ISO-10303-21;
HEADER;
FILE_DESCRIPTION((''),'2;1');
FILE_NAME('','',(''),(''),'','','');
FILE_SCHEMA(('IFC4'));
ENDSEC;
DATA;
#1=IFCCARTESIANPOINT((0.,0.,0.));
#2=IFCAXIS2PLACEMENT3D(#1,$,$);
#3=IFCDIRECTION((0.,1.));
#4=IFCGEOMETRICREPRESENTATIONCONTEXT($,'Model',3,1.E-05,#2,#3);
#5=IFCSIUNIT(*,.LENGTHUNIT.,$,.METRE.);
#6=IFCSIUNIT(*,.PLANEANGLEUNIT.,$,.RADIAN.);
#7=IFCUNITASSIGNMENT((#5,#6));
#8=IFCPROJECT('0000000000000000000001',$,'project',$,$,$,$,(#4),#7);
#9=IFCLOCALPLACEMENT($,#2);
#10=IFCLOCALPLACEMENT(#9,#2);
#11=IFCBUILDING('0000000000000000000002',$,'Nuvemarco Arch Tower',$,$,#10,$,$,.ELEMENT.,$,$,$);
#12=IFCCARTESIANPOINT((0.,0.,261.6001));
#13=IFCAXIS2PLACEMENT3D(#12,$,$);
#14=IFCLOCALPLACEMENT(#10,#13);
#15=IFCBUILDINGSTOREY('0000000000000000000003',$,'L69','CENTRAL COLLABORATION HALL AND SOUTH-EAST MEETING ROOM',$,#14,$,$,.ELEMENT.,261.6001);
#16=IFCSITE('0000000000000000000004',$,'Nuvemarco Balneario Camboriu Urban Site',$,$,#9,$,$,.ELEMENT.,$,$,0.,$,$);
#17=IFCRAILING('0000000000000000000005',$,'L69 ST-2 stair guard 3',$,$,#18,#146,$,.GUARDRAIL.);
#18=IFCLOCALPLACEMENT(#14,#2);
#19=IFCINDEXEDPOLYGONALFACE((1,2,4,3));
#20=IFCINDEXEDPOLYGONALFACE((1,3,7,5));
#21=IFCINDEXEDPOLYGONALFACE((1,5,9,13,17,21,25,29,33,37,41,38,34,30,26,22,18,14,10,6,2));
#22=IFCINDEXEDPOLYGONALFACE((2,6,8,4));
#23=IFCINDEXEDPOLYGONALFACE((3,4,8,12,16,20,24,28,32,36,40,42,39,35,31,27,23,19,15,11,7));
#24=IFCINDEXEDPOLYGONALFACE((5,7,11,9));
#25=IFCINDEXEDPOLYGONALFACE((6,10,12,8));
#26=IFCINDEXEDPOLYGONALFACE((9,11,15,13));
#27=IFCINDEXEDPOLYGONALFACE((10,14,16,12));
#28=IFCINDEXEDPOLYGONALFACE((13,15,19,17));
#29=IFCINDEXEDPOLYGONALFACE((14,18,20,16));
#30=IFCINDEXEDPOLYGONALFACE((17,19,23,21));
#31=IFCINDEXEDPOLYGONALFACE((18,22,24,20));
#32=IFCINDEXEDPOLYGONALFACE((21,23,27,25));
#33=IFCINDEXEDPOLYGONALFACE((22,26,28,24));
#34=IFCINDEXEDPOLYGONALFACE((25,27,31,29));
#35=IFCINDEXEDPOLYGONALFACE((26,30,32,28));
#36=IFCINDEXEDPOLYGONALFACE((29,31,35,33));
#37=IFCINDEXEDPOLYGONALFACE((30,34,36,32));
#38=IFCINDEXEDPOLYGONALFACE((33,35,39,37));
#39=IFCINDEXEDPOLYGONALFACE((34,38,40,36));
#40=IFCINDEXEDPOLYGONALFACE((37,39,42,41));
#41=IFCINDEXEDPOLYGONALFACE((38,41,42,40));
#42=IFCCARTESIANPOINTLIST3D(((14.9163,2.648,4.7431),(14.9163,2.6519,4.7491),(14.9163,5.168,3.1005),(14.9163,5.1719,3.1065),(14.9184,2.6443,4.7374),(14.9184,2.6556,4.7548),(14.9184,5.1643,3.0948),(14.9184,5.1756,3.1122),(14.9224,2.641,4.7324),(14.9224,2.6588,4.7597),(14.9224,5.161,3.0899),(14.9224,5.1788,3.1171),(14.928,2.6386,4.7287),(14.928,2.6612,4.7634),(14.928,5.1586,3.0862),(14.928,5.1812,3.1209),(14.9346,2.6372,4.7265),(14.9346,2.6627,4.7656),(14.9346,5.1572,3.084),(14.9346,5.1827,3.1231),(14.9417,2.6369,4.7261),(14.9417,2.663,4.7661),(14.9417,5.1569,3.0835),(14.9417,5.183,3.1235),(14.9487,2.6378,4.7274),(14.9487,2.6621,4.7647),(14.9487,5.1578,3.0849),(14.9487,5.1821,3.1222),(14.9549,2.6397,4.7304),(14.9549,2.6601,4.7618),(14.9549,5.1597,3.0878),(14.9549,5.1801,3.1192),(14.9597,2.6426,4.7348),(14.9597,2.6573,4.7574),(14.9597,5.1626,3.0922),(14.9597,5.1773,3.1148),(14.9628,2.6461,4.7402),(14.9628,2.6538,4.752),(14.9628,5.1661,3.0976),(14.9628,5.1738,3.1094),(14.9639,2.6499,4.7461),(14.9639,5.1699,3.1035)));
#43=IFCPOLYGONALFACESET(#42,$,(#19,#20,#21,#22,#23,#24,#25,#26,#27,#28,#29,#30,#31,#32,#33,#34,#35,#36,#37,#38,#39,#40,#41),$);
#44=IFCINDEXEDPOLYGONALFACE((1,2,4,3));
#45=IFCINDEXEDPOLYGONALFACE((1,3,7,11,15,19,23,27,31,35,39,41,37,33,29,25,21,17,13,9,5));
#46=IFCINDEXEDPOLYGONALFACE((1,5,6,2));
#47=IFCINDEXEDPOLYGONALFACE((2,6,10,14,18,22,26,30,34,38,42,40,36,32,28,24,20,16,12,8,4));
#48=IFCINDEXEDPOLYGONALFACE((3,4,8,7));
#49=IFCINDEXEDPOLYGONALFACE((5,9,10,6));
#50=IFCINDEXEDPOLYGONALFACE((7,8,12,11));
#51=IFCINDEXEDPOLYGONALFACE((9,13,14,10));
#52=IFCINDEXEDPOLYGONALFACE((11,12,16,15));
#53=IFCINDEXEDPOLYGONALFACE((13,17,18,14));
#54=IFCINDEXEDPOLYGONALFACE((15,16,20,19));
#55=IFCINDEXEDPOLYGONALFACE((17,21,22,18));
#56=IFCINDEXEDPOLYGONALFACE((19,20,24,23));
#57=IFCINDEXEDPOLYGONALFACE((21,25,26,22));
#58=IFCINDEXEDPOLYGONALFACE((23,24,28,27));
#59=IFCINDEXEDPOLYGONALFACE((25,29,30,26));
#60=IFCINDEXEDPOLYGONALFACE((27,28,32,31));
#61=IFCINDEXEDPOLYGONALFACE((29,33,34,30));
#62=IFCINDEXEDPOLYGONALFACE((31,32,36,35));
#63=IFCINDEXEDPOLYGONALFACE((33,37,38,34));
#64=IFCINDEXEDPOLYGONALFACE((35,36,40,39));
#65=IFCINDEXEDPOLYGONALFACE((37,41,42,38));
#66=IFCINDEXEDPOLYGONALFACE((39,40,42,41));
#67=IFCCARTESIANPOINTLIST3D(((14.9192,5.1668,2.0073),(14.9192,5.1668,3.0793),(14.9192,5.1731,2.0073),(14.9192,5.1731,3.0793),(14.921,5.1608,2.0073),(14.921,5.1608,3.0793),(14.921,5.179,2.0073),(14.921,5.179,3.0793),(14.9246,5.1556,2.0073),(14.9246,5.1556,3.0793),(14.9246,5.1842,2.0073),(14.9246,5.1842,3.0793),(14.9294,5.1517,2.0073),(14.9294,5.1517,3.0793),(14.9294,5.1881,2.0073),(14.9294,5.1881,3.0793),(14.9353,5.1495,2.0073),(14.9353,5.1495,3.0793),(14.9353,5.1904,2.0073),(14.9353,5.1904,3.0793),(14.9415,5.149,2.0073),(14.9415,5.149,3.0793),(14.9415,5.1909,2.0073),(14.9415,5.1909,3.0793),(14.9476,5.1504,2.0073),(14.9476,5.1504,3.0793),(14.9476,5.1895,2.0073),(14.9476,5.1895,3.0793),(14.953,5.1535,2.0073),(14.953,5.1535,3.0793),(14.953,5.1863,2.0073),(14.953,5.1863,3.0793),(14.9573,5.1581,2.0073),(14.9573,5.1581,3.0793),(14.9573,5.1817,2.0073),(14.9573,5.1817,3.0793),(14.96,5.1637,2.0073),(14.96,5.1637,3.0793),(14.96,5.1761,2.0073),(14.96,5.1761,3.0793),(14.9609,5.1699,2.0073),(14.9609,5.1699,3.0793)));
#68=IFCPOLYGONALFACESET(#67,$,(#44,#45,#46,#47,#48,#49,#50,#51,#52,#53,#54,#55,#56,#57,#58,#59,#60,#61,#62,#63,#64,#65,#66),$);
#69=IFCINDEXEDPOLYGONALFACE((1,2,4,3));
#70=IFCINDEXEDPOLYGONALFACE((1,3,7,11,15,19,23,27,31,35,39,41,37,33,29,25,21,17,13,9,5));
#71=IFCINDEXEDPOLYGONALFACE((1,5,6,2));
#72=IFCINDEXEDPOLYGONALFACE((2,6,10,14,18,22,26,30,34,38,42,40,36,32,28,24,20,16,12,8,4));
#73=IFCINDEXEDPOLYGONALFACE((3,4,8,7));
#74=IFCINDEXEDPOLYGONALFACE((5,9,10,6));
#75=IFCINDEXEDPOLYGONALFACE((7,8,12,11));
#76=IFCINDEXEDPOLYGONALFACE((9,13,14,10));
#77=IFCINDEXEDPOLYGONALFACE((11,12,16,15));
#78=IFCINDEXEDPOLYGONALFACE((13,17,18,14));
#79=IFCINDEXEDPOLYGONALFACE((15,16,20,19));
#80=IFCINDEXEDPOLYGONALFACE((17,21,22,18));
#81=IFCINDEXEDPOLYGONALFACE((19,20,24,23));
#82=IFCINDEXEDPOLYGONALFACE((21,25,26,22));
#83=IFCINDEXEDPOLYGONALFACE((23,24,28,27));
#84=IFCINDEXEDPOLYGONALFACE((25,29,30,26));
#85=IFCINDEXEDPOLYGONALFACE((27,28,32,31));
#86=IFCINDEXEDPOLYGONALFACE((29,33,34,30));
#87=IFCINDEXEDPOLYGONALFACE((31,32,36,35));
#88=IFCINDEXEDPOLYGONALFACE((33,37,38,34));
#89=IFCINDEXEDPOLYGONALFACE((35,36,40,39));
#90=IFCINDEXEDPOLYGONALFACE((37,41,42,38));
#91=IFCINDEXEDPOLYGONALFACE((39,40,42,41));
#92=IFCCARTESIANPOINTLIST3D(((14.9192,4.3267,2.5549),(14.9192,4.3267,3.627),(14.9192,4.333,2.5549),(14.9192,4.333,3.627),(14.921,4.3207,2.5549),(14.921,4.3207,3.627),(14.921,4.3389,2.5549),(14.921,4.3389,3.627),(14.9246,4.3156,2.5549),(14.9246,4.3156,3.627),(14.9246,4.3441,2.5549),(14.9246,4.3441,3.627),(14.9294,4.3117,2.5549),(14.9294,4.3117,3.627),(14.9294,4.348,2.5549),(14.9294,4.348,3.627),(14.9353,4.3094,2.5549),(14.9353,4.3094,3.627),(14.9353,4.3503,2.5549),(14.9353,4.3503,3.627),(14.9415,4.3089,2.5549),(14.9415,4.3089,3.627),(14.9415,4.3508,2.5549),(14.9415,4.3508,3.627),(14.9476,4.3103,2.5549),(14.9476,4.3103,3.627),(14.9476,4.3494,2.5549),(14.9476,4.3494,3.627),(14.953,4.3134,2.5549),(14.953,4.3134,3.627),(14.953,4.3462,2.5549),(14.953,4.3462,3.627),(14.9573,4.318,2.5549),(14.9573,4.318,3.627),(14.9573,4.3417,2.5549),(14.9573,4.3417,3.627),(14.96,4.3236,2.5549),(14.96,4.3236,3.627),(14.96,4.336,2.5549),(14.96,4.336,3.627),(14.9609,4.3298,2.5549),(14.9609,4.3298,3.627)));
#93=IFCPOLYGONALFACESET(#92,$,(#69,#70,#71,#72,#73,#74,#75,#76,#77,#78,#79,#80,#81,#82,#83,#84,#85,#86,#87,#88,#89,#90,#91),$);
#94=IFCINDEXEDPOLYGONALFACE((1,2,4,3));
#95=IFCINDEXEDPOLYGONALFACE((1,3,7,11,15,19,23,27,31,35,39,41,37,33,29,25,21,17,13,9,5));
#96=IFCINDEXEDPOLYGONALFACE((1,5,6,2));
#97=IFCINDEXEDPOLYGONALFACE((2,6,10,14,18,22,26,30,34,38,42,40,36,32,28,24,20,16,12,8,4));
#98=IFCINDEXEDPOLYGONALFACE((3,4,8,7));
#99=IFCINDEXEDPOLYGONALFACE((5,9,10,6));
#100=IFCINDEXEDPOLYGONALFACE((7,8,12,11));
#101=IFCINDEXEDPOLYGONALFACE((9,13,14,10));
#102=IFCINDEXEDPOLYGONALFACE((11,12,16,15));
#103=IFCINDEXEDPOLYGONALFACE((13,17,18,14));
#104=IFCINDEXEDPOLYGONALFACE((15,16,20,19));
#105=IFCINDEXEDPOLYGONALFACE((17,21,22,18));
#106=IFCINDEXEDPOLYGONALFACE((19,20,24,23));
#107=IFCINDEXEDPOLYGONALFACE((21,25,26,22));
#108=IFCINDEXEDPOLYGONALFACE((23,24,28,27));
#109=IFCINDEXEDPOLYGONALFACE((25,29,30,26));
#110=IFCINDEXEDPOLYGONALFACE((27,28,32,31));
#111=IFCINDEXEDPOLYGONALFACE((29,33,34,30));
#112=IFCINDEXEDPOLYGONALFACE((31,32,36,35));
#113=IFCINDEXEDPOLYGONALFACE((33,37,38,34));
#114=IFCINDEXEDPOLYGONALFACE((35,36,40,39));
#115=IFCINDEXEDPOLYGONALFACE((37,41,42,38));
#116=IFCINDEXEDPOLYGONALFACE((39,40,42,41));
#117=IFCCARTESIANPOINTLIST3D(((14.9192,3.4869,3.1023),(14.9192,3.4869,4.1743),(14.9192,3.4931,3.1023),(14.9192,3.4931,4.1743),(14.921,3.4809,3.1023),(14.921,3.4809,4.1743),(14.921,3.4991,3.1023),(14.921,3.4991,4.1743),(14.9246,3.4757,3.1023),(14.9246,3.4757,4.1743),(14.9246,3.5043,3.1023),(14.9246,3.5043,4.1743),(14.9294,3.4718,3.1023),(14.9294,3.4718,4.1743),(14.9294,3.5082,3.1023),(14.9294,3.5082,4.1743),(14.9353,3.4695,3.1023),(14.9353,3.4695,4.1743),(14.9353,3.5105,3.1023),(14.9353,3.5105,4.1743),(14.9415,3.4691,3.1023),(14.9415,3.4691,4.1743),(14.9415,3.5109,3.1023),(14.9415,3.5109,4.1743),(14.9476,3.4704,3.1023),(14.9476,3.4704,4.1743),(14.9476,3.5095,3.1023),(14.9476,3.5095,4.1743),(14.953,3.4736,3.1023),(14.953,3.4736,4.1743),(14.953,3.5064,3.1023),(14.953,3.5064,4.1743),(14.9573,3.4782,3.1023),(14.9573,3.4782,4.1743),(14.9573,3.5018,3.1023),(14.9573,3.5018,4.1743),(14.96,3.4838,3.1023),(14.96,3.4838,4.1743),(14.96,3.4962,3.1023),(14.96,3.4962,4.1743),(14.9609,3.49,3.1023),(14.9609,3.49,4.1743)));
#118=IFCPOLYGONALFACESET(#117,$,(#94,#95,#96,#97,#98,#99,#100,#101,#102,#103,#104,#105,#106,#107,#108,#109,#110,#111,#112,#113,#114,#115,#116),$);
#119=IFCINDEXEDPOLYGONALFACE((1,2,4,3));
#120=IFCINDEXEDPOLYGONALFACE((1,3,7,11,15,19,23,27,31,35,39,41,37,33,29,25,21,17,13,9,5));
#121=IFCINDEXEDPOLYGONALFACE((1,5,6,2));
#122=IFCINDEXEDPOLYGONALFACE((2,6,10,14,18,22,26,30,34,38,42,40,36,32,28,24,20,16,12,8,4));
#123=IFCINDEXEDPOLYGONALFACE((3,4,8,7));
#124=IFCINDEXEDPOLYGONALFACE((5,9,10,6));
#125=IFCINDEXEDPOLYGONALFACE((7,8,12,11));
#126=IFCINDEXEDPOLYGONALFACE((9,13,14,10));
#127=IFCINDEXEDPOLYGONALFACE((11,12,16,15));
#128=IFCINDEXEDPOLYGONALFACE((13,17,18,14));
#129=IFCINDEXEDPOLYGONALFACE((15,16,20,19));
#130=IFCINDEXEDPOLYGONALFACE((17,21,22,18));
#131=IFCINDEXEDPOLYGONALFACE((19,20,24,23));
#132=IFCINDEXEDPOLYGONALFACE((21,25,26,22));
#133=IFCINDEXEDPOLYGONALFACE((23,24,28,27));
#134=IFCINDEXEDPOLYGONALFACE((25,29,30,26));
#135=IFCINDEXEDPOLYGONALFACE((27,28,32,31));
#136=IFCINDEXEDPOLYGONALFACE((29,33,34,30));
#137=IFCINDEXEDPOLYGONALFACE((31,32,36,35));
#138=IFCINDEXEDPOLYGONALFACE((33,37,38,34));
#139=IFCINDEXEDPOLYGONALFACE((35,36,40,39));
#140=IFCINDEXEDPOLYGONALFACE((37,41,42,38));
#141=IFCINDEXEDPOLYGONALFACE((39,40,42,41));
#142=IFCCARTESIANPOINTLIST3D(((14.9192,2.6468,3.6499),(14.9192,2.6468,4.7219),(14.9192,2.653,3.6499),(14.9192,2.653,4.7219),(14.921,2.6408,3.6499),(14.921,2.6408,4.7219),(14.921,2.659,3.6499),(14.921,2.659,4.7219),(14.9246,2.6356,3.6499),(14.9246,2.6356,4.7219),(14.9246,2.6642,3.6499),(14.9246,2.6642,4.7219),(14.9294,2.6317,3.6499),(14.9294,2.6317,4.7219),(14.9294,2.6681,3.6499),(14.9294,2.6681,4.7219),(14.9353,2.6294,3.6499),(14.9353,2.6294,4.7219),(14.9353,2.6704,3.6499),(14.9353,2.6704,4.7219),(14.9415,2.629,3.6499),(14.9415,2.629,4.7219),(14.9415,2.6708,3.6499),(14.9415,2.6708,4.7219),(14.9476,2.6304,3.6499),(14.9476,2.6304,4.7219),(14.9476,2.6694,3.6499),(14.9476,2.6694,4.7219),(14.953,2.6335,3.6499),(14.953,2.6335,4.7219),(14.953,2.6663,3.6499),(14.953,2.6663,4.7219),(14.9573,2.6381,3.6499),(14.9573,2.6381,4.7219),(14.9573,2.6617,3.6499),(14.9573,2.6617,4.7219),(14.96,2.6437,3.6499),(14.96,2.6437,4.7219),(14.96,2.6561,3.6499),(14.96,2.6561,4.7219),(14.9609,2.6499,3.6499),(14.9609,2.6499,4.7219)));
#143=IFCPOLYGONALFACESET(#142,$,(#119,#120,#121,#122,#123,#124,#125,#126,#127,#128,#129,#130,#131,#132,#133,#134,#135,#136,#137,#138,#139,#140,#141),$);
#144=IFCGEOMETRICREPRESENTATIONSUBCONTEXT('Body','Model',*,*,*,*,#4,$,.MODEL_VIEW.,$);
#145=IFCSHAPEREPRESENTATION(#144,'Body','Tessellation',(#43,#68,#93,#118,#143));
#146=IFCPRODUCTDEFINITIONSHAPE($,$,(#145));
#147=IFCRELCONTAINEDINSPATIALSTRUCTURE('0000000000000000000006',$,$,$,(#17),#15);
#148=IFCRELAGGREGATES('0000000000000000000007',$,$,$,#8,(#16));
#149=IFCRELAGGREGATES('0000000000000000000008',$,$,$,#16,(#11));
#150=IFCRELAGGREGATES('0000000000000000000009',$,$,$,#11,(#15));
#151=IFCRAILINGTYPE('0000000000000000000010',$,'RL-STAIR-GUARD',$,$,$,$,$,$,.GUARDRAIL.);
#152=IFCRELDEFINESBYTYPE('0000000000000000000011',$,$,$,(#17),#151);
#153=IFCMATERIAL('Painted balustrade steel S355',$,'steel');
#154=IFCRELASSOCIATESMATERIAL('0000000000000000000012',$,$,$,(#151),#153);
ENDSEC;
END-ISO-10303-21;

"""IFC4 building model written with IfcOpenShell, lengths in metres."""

from ifc_helpers import new_model, si_unit, direction, frame, origin, origin_2d, place, context, subcontext, project, spatial, circle, extrude, material, type_object, element, save


model = new_model("IFC4")

# Units and contexts
model_context = context("Model", 3, precision=1e-05, world=origin(), true_north=direction((0.0, 1.0)))
body_context = subcontext(model_context, "Body", "Model", "MODEL_VIEW")
ifc_project = project(units=[si_unit("LENGTHUNIT", "METRE"), si_unit("PLANEANGLEUNIT", "RADIAN")], contexts=[model_context])

# Site, building, storey
site_placement = place(None, origin())
site = spatial("IfcSite", under=ifc_project, at=site_placement, Name="Nuvemarco Balneario Camboriu Urban Site", CompositionType="ELEMENT", RefElevation=0.0)
building_placement = place(site_placement, origin())
building = spatial("IfcBuilding", under=site, at=building_placement, Name="Nuvemarco Arch Tower", CompositionType="ELEMENT")
storey_placement = place(building_placement, frame((0.0, 0.0, 261.6001)))
storey = spatial("IfcBuildingStorey", under=building, at=storey_placement, Name="L69", Description="CENTRAL COLLABORATION HALL AND SOUTH-EAST MEETING ROOM", CompositionType="ELEMENT", Elevation=261.6001)

# Railing
ifc_material_1 = material(Name="Painted balustrade steel S355", Category="steel")
railing_type_1 = type_object("IfcRailingType", Name="RL-STAIR-GUARD", PredefinedType="GUARDRAIL", material=ifc_material_1)
railing_1_placement = place(storey_placement, frame((14.9399, 5.1699, 2.0073)))
element("IfcRailing", 1, at=railing_1_placement, inside=storey, type_object=railing_type_1, Name="L69 ST-2 stair guard 3", PredefinedType="GUARDRAIL", context=body_context, shape_type="SweptSolid", body=[
    extrude(circle(Radius=0.0239, at=origin_2d()), frame((0.0, 0.0, 1.0962), z_axis=(0.0, -0.837749, 0.546055), x_axis=(1.0, 0.0, 0.0)), (0.0, 0.0, 1.0), 3.0081),
    extrude(circle(Radius=0.021, at=origin_2d()), origin(), (0.0, 0.0, 1.0), 1.072),
    extrude(circle(Radius=0.021, at=origin_2d()), frame((0.0, -0.8401, 0.5476)), (0.0, 0.0, 1.0), 1.072),
    extrude(circle(Radius=0.021, at=origin_2d()), frame((0.0, -1.6799, 1.095)), (0.0, 0.0, 1.0), 1.072),
    extrude(circle(Radius=0.021, at=origin_2d()), frame((0.0, -2.52, 1.6426)), (0.0, 0.0, 1.0), 1.072),
])

save(model, "model.ifc")
